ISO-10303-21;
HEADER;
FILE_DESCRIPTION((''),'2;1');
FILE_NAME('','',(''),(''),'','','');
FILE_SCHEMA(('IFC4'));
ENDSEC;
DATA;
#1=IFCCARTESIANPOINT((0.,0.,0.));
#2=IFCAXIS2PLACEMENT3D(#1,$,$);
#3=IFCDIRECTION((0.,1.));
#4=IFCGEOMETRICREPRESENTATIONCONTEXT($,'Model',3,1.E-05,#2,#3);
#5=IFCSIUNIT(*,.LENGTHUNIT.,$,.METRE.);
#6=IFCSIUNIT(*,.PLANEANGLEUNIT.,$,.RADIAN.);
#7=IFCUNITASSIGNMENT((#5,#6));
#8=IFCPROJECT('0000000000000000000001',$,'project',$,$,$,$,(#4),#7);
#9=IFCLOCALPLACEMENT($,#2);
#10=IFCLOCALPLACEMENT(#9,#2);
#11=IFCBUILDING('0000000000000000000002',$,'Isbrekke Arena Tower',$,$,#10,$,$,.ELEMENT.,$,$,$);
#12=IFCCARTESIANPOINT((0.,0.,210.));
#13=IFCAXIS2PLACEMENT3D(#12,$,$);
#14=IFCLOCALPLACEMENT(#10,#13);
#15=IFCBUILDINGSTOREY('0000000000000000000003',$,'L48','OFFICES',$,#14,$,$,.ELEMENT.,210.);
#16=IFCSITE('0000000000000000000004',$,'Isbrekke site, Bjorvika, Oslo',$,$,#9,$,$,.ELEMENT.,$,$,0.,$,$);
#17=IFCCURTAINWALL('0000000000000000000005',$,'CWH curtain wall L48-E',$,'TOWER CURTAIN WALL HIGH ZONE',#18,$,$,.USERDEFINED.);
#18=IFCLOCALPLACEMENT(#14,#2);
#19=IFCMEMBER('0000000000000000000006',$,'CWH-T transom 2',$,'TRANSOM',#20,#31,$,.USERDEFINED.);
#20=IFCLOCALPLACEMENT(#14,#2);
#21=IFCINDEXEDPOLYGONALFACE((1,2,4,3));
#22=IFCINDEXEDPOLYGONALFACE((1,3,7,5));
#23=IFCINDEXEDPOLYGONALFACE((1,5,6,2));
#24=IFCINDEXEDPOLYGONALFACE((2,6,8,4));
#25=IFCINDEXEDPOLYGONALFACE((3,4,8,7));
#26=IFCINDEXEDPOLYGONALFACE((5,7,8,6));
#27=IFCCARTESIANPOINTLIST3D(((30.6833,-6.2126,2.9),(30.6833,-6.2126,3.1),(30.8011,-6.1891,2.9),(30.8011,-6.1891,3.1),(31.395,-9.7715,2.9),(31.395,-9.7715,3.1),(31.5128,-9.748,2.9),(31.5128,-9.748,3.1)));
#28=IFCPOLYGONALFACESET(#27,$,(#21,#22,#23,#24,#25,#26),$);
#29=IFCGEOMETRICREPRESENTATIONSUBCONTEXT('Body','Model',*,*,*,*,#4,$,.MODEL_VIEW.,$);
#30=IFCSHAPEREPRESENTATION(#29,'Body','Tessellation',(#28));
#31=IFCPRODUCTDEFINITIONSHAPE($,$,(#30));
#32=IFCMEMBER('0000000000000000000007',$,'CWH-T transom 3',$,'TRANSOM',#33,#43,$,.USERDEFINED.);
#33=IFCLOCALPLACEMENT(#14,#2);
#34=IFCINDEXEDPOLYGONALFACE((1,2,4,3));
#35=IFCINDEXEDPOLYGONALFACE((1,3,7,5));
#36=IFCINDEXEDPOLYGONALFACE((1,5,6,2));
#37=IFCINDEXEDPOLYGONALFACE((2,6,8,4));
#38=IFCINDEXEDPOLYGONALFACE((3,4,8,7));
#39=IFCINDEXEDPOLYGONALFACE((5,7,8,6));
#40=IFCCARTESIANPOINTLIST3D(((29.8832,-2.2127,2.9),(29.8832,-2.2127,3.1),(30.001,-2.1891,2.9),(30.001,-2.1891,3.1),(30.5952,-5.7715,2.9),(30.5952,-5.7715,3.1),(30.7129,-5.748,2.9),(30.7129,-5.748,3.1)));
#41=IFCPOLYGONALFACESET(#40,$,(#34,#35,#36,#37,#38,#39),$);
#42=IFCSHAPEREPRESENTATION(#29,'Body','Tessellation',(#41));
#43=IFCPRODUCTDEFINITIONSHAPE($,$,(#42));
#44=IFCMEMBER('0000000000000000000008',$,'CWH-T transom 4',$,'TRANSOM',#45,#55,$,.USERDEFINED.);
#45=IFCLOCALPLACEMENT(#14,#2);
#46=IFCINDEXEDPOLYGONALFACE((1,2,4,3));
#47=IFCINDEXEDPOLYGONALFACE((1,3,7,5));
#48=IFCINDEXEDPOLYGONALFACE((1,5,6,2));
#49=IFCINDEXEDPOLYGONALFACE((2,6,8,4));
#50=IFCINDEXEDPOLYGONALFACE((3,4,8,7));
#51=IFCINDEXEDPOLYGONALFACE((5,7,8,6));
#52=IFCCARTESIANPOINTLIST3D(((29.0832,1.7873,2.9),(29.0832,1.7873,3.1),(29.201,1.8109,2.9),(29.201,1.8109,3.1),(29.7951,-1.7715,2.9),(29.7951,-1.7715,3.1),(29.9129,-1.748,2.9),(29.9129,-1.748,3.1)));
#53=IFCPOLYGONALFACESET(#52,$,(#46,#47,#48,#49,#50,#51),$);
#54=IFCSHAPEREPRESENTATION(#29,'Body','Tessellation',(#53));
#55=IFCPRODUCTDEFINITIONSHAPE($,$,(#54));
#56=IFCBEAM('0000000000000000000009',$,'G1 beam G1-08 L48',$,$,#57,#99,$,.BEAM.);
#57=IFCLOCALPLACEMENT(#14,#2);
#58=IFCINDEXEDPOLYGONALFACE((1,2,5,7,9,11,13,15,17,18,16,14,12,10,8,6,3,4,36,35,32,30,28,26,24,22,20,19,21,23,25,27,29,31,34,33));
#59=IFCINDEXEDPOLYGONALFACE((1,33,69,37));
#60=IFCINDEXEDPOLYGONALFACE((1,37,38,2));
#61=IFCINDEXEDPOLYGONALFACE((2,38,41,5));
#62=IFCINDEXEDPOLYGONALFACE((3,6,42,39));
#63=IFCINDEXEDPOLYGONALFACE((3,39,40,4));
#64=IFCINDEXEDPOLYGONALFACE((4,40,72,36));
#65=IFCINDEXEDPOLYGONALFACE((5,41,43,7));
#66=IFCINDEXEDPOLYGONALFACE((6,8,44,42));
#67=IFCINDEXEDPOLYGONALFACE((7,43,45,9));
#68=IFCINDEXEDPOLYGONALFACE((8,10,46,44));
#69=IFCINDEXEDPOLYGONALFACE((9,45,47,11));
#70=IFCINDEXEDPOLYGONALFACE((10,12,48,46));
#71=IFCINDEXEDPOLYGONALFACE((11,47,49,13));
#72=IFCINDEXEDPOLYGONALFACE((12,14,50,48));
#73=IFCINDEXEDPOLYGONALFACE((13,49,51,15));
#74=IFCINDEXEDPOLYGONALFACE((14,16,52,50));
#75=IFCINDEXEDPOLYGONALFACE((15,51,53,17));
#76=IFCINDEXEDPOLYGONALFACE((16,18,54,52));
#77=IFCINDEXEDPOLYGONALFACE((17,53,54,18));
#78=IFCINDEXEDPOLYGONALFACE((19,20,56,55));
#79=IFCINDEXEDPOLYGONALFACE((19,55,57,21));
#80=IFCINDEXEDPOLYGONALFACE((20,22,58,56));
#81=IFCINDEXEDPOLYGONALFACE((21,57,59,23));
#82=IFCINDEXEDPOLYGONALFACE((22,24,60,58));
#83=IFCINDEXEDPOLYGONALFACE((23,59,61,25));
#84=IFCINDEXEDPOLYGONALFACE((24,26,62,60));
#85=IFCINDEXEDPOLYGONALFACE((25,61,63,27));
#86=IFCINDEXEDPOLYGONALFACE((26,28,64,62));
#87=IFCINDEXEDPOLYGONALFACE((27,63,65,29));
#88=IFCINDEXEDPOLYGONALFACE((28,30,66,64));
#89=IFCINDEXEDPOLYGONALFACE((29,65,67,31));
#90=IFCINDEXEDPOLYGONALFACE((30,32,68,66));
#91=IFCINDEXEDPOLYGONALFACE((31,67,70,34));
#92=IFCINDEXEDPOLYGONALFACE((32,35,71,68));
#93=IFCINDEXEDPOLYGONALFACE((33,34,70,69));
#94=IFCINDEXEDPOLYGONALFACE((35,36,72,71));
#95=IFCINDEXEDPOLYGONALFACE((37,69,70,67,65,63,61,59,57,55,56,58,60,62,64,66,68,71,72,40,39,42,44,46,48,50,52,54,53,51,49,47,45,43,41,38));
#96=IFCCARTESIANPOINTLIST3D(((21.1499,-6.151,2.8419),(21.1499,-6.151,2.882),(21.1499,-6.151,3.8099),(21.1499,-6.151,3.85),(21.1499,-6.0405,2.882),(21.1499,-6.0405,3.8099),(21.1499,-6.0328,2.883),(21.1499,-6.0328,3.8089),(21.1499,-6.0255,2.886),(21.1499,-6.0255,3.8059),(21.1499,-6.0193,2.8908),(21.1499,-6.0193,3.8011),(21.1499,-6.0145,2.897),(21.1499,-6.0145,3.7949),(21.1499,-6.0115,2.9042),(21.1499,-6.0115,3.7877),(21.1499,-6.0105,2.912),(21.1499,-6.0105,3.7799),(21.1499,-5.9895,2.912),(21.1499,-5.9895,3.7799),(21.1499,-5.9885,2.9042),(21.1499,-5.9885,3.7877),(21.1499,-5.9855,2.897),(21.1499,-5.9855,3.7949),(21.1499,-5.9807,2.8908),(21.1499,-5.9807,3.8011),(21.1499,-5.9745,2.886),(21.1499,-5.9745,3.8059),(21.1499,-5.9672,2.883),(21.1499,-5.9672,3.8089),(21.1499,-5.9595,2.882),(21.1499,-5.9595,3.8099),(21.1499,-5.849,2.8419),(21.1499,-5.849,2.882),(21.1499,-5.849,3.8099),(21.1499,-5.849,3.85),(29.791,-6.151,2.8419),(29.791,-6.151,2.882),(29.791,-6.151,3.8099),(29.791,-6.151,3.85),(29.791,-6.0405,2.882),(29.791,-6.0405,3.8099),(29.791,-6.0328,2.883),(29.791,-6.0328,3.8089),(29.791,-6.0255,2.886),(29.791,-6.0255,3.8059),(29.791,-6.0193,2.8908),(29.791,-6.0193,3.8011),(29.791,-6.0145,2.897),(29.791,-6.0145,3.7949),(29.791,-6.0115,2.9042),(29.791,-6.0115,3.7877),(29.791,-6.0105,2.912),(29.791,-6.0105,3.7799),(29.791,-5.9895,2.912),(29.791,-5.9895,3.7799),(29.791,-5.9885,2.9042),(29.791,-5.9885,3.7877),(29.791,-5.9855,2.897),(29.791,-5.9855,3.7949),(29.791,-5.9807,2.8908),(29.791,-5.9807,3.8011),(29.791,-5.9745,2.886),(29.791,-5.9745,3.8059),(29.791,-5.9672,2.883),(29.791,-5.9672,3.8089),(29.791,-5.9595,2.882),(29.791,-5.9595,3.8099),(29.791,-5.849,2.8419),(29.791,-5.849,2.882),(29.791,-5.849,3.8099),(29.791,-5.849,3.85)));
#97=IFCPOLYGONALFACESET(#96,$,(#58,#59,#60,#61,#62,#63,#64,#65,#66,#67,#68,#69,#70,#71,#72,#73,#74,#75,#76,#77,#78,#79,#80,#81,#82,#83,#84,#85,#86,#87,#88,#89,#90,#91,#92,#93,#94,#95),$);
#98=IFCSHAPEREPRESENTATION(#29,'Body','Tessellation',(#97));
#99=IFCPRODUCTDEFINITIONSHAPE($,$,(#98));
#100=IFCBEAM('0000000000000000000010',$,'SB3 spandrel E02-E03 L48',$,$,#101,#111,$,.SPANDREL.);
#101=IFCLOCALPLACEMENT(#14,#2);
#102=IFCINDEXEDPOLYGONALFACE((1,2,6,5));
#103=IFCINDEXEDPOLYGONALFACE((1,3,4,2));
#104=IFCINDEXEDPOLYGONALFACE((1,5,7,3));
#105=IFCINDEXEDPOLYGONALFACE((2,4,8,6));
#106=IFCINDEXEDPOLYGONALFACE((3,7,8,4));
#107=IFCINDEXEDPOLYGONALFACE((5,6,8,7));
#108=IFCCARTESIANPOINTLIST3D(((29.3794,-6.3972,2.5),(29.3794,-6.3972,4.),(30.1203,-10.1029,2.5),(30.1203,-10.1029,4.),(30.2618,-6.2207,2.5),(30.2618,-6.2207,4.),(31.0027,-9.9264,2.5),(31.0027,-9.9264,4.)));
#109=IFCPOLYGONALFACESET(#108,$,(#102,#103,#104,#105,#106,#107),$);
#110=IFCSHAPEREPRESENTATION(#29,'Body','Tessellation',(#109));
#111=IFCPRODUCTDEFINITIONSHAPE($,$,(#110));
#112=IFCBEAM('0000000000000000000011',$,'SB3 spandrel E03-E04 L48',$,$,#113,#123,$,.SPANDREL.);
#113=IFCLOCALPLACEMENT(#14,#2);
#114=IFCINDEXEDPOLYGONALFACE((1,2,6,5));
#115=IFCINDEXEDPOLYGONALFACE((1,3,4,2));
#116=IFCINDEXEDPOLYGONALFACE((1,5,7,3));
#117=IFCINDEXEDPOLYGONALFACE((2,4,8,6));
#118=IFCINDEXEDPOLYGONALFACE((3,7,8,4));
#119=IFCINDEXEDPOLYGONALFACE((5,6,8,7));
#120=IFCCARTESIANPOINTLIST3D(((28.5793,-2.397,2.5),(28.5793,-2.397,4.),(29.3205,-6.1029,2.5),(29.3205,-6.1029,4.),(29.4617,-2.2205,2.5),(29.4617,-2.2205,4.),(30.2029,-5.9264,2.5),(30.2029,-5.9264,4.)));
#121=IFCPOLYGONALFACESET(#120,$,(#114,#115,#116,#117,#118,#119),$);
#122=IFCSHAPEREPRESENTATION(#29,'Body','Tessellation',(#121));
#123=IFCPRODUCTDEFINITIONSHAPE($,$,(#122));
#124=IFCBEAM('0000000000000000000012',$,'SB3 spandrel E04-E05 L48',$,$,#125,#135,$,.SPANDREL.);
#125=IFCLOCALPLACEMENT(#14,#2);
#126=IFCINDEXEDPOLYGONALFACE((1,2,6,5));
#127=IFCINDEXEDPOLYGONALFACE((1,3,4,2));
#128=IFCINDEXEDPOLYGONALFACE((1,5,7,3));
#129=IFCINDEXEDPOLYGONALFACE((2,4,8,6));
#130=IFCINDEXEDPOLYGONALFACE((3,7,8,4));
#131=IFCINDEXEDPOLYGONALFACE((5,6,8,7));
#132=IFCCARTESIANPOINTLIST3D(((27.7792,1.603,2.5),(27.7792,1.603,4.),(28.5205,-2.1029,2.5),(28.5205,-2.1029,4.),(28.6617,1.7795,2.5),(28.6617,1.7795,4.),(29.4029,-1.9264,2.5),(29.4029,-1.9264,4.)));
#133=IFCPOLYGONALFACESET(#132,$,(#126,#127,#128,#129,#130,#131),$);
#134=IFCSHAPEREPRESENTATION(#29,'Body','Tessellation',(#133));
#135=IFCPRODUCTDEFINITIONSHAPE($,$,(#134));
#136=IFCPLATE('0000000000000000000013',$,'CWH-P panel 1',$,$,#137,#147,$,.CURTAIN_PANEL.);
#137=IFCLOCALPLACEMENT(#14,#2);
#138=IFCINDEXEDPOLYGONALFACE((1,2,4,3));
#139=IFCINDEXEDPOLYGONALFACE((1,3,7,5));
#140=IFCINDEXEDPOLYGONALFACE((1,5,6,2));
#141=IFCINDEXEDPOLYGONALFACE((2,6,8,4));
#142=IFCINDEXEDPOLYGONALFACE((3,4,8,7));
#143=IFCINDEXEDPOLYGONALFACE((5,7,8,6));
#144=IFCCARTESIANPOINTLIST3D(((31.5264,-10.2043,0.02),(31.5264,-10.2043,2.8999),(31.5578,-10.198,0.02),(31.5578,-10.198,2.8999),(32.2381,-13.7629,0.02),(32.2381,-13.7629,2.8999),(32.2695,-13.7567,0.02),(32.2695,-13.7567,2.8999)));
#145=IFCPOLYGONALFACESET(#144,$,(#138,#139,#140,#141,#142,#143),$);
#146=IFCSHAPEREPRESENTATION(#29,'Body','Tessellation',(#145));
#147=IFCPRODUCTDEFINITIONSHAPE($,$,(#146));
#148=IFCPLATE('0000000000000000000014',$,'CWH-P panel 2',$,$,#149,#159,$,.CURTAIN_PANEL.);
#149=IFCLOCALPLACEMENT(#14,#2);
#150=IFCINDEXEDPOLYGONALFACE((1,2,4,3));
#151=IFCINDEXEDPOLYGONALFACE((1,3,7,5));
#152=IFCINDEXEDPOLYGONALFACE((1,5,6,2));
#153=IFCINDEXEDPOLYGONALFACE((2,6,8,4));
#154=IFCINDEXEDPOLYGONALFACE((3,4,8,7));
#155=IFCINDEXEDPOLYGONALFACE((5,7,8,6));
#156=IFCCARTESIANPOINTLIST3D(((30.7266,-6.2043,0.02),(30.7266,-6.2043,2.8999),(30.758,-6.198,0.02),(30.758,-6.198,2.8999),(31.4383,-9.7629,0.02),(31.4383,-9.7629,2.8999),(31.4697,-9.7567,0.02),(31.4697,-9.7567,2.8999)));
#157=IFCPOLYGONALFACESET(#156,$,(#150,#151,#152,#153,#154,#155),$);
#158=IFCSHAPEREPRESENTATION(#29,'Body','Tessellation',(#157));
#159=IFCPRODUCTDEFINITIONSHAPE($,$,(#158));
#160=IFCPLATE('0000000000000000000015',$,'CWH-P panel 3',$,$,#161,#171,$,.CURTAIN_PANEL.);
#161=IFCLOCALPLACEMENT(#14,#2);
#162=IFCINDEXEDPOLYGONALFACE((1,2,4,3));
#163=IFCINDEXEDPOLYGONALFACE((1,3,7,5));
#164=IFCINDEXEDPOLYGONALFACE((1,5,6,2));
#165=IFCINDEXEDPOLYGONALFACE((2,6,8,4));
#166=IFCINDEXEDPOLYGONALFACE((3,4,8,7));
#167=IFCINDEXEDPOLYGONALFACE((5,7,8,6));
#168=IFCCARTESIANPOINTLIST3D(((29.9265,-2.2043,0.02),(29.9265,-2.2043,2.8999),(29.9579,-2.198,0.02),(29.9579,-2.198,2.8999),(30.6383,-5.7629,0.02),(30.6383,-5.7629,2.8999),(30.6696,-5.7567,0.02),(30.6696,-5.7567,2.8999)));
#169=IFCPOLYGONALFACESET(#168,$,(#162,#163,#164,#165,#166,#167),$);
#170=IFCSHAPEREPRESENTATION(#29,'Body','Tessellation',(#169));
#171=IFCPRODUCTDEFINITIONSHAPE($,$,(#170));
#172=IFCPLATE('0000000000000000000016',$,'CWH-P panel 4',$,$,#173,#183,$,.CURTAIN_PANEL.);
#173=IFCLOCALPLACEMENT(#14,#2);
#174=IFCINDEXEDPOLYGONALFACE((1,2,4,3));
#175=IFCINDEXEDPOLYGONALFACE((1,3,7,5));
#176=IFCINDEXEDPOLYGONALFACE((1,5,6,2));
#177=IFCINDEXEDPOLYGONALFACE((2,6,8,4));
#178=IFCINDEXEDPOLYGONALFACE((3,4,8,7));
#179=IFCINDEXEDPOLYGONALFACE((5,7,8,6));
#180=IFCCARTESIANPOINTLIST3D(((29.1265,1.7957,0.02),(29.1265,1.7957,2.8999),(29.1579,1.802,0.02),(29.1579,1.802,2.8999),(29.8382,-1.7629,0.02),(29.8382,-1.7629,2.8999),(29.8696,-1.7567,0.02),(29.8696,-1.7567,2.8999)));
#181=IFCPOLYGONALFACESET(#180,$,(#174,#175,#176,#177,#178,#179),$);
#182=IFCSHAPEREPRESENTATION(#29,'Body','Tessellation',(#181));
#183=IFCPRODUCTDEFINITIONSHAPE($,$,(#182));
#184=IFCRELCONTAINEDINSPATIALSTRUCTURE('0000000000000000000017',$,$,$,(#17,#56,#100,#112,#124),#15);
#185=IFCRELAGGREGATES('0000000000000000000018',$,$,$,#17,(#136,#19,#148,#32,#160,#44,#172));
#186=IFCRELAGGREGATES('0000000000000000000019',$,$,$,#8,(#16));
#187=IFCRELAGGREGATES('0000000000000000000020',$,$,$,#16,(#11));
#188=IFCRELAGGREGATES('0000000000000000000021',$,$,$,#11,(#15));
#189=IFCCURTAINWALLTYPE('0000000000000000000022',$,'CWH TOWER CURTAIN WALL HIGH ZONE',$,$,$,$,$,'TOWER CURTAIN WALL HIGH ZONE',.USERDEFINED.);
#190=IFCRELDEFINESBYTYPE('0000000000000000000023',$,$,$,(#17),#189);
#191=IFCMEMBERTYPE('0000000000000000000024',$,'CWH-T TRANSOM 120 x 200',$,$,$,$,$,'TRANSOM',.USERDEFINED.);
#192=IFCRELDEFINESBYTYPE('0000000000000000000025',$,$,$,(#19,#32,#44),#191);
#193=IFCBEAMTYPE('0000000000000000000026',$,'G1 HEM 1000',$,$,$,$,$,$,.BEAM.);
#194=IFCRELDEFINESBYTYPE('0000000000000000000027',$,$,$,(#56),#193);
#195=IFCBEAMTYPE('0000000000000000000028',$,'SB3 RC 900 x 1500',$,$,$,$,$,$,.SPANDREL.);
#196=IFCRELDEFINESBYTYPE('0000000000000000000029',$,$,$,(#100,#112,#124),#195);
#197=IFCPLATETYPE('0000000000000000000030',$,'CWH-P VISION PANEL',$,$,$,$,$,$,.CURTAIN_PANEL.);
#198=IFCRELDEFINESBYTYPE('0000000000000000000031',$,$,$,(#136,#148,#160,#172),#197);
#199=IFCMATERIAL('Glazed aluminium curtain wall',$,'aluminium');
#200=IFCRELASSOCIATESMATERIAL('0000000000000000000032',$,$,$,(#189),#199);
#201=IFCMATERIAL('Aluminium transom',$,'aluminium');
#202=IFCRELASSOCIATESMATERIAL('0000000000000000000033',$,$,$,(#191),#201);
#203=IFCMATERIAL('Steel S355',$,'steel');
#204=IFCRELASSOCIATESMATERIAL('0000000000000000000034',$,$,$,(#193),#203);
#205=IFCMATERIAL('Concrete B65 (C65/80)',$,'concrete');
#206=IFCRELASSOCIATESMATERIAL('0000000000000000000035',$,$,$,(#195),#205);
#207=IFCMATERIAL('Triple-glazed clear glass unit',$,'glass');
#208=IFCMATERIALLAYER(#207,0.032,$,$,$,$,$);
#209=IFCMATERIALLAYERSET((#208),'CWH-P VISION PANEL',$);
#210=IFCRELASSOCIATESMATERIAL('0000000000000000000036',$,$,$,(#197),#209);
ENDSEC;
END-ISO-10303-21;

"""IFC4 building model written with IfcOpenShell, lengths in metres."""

from ifc_helpers import new_model, si_unit, direction, frame, origin, origin_2d, place, context, subcontext, project, spatial, rectangle, i_section, extrude, material, layer, layer_set, material_profile, profile_set, type_object, element, aggregate, save


model = new_model("IFC4")

# Units and contexts
model_context = context("Model", 3, precision=1e-05, world=origin(), true_north=direction((0.0, 1.0)))
body_context = subcontext(model_context, "Body", "Model", "MODEL_VIEW")
ifc_project = project(units=[si_unit("LENGTHUNIT", "METRE"), si_unit("PLANEANGLEUNIT", "RADIAN")], contexts=[model_context])

# Site, building, storey
site_placement = place(None, origin())
site = spatial("IfcSite", under=ifc_project, at=site_placement, Name="Isbrekke site, Bjorvika, Oslo", CompositionType="ELEMENT", RefElevation=0.0)
building_placement = place(site_placement, origin())
building = spatial("IfcBuilding", under=site, at=building_placement, Name="Isbrekke Arena Tower", CompositionType="ELEMENT")
storey_placement = place(building_placement, frame((0.0, 0.0, 210.0)))
storey = spatial("IfcBuildingStorey", under=building, at=storey_placement, Name="L48", Description="OFFICES", CompositionType="ELEMENT", Elevation=210.0)

# Curtain wall, members
ifc_material_1 = material(Name="Glazed aluminium curtain wall", Category="aluminium")
curtain_wall_type = type_object("IfcCurtainWallType", Name="CWH TOWER CURTAIN WALL HIGH ZONE", ElementType="TOWER CURTAIN WALL HIGH ZONE", PredefinedType="USERDEFINED", material=ifc_material_1)
curtain_wall_placement = place(storey_placement, origin())
curtain_wall = element("IfcCurtainWall", 1, at=curtain_wall_placement, inside=storey, type_object=curtain_wall_type, Name="CWH curtain wall L48-E", ObjectType="TOWER CURTAIN WALL HIGH ZONE", PredefinedType="USERDEFINED")
ifc_material_2 = material(Name="Aluminium transom", Category="aluminium")
ifc_material_profile_1 = material_profile(ifc_material_2, rectangle(XDim=0.1201, YDim=0.2, at=origin_2d()), Name="TRANSOM 120X200")
ifc_profile_set_1 = profile_set([ifc_material_profile_1], Name="Aluminium transom")
member_type_1 = type_object("IfcMemberType", Name="CWH-T TRANSOM 120 x 200", ElementType="TRANSOM", PredefinedType="USERDEFINED", material=ifc_profile_set_1)
member_1_placement = place(storey_placement, frame((31.4539, -9.7598, 3.0), z_axis=(-0.19609, 0.980586, 0.0), x_axis=(-0.980586, -0.19609, 0.0)))
member_1 = element("IfcMember", 2, at=member_1_placement, type_object=member_type_1, Name="CWH-T transom 2", ObjectType="TRANSOM", PredefinedType="USERDEFINED", context=body_context, shape_type="SweptSolid", body=[
    extrude(rectangle(XDim=0.1201, YDim=0.2, at=origin_2d()), origin(), (0.0, 0.0, 1.0), 3.6294),
])
member_2_placement = place(storey_placement, frame((30.6541, -5.7598, 3.0), z_axis=(-0.196155, 0.980573, 0.0), x_axis=(-0.980573, -0.196155, 0.0)))
member_2 = element("IfcMember", 3, at=member_2_placement, type_object=member_type_1, Name="CWH-T transom 3", ObjectType="TRANSOM", PredefinedType="USERDEFINED", context=body_context, shape_type="SweptSolid", body=[
    extrude(rectangle(XDim=0.1201, YDim=0.2, at=origin_2d()), origin(), (0.0, 0.0, 1.0), 3.6294),
])
member_3_placement = place(storey_placement, frame((29.854, -1.7598, 3.0), z_axis=(-0.196155, 0.980573, 0.0), x_axis=(-0.980573, -0.196155, 0.0)))
member_3 = element("IfcMember", 4, at=member_3_placement, type_object=member_type_1, Name="CWH-T transom 4", ObjectType="TRANSOM", PredefinedType="USERDEFINED", context=body_context, shape_type="SweptSolid", body=[
    extrude(rectangle(XDim=0.1201, YDim=0.2, at=origin_2d()), origin(), (0.0, 0.0, 1.0), 3.6294),
])

# Beams
ifc_material_3 = material(Name="Steel S355", Category="steel")
ifc_material_profile_2 = material_profile(ifc_material_3, i_section(OverallWidth=0.302, OverallDepth=1.0081, WebThickness=0.021, FlangeThickness=0.04, FilletRadius=0.03, at=origin_2d()), Name="HEM 1000")
ifc_profile_set_2 = profile_set([ifc_material_profile_2], Name="Steel S355")
beam_type_1 = type_object("IfcBeamType", Name="G1 HEM 1000", PredefinedType="BEAM", material=ifc_profile_set_2)
beam_1_placement = place(storey_placement, frame((21.1499, -6.0, 3.3459), z_axis=(1.0, 0.0, 0.0), x_axis=(0.0, 1.0, 0.0)))
element("IfcBeam", 5, at=beam_1_placement, inside=storey, type_object=beam_type_1, Name="G1 beam G1-08 L48", PredefinedType="BEAM", context=body_context, shape_type="SweptSolid", body=[
    extrude(i_section(OverallWidth=0.302, OverallDepth=1.0081, WebThickness=0.021, FlangeThickness=0.04, FilletRadius=0.03, at=origin_2d()), origin(), (0.0, 0.0, 1.0), 8.6411),
])
ifc_material_4 = material(Name="Concrete B65 (C65/80)", Category="concrete")
ifc_material_profile_3 = material_profile(ifc_material_4, rectangle(XDim=0.8999, YDim=1.5, at=origin_2d()), Name="RC 900x1500")
ifc_profile_set_3 = profile_set([ifc_material_profile_3], Name="Concrete B65 (C65/80)")
beam_type_2 = type_object("IfcBeamType", Name="SB3 RC 900 x 1500", PredefinedType="SPANDREL", material=ifc_profile_set_3)
beam_2_placement = place(storey_placement, frame((30.5615, -10.0146, 3.25), z_axis=(-0.196066, 0.980591, 0.0), x_axis=(-0.980591, -0.196066, 0.0)))
element("IfcBeam", 6, at=beam_2_placement, inside=storey, type_object=beam_type_2, Name="SB3 spandrel E02-E03 L48", PredefinedType="SPANDREL", context=body_context, shape_type="SweptSolid", body=[
    extrude(rectangle(XDim=0.8999, YDim=1.5, at=origin_2d()), origin(), (0.0, 0.0, 1.0), 3.7791),
])
for number, where, z_axis, x_axis, name in (
    (7, (29.7617, -6.0146, 3.25), (-0.196129, 0.980578, 0.0), (-0.980578, -0.196129, 0.0), "SB3 spandrel E03-E04 L48"),
    (8, (28.9617, -2.0146, 3.25), (-0.196129, 0.980578, 0.0), (-0.980578, -0.196129, 0.0), "SB3 spandrel E04-E05 L48"),
):
    element("IfcBeam", number, at=place(storey_placement, frame(where, z_axis=z_axis, x_axis=x_axis)), inside=storey, type_object=beam_type_2, Name=name, PredefinedType="SPANDREL", context=body_context, shape_type="SweptSolid", body=[
        extrude(rectangle(XDim=0.8999, YDim=1.5, at=origin_2d()), origin(), (0.0, 0.0, 1.0), 3.7793),
    ])

# Plates
ifc_material_5 = material(Name="Triple-glazed clear glass unit", Category="glass")
ifc_layer_1 = layer(ifc_material_5, 0.032)
ifc_layer_set_1 = layer_set([ifc_layer_1], Name="CWH-P VISION PANEL")
plate_type = type_object("IfcPlateType", Name="CWH-P VISION PANEL", PredefinedType="CURTAIN_PANEL", material=ifc_layer_set_1)
plate_1_placement = place(storey_placement, frame((31.8979, -11.9805, 0.02), z_axis=(0.0, 0.0, 1.0), x_axis=(-0.196116, 0.980581, 0.0)))
plate_1 = element("IfcPlate", 9, at=plate_1_placement, type_object=plate_type, Name="CWH-P panel 1", PredefinedType="CURTAIN_PANEL", context=body_context, shape_type="SweptSolid", body=[
    extrude(rectangle(XDim=3.6292, YDim=0.032, at=origin_2d()), origin(), (0.0, 0.0, 1.0), 2.8799),
])
plate_2_placement = place(storey_placement, frame((31.0981, -7.9805, 0.02), z_axis=(0.0, 0.0, 1.0), x_axis=(-0.196116, 0.980581, 0.0)))
plate_2 = element("IfcPlate", 10, at=plate_2_placement, type_object=plate_type, Name="CWH-P panel 2", PredefinedType="CURTAIN_PANEL", context=body_context, shape_type="SweptSolid", body=[
    extrude(rectangle(XDim=3.6292, YDim=0.032, at=origin_2d()), origin(), (0.0, 0.0, 1.0), 2.8799),
])
plate_3_placement = place(storey_placement, frame((30.2981, -3.9805, 0.02), z_axis=(0.0, 0.0, 1.0), x_axis=(-0.196116, 0.980581, 0.0)))
plate_3 = element("IfcPlate", 11, at=plate_3_placement, type_object=plate_type, Name="CWH-P panel 3", PredefinedType="CURTAIN_PANEL", context=body_context, shape_type="SweptSolid", body=[
    extrude(rectangle(XDim=3.6292, YDim=0.032, at=origin_2d()), origin(), (0.0, 0.0, 1.0), 2.8799),
])
plate_4_placement = place(storey_placement, frame((29.498, 0.0195, 0.02), z_axis=(0.0, 0.0, 1.0), x_axis=(-0.196116, 0.980581, 0.0)))
plate_4 = element("IfcPlate", 12, at=plate_4_placement, type_object=plate_type, Name="CWH-P panel 4", PredefinedType="CURTAIN_PANEL", context=body_context, shape_type="SweptSolid", body=[
    extrude(rectangle(XDim=3.6292, YDim=0.032, at=origin_2d()), origin(), (0.0, 0.0, 1.0), 2.8799),
])
aggregate(curtain_wall, [plate_1, member_1, plate_2, member_2, plate_3, member_3, plate_4])

save(model, "model.ifc")
